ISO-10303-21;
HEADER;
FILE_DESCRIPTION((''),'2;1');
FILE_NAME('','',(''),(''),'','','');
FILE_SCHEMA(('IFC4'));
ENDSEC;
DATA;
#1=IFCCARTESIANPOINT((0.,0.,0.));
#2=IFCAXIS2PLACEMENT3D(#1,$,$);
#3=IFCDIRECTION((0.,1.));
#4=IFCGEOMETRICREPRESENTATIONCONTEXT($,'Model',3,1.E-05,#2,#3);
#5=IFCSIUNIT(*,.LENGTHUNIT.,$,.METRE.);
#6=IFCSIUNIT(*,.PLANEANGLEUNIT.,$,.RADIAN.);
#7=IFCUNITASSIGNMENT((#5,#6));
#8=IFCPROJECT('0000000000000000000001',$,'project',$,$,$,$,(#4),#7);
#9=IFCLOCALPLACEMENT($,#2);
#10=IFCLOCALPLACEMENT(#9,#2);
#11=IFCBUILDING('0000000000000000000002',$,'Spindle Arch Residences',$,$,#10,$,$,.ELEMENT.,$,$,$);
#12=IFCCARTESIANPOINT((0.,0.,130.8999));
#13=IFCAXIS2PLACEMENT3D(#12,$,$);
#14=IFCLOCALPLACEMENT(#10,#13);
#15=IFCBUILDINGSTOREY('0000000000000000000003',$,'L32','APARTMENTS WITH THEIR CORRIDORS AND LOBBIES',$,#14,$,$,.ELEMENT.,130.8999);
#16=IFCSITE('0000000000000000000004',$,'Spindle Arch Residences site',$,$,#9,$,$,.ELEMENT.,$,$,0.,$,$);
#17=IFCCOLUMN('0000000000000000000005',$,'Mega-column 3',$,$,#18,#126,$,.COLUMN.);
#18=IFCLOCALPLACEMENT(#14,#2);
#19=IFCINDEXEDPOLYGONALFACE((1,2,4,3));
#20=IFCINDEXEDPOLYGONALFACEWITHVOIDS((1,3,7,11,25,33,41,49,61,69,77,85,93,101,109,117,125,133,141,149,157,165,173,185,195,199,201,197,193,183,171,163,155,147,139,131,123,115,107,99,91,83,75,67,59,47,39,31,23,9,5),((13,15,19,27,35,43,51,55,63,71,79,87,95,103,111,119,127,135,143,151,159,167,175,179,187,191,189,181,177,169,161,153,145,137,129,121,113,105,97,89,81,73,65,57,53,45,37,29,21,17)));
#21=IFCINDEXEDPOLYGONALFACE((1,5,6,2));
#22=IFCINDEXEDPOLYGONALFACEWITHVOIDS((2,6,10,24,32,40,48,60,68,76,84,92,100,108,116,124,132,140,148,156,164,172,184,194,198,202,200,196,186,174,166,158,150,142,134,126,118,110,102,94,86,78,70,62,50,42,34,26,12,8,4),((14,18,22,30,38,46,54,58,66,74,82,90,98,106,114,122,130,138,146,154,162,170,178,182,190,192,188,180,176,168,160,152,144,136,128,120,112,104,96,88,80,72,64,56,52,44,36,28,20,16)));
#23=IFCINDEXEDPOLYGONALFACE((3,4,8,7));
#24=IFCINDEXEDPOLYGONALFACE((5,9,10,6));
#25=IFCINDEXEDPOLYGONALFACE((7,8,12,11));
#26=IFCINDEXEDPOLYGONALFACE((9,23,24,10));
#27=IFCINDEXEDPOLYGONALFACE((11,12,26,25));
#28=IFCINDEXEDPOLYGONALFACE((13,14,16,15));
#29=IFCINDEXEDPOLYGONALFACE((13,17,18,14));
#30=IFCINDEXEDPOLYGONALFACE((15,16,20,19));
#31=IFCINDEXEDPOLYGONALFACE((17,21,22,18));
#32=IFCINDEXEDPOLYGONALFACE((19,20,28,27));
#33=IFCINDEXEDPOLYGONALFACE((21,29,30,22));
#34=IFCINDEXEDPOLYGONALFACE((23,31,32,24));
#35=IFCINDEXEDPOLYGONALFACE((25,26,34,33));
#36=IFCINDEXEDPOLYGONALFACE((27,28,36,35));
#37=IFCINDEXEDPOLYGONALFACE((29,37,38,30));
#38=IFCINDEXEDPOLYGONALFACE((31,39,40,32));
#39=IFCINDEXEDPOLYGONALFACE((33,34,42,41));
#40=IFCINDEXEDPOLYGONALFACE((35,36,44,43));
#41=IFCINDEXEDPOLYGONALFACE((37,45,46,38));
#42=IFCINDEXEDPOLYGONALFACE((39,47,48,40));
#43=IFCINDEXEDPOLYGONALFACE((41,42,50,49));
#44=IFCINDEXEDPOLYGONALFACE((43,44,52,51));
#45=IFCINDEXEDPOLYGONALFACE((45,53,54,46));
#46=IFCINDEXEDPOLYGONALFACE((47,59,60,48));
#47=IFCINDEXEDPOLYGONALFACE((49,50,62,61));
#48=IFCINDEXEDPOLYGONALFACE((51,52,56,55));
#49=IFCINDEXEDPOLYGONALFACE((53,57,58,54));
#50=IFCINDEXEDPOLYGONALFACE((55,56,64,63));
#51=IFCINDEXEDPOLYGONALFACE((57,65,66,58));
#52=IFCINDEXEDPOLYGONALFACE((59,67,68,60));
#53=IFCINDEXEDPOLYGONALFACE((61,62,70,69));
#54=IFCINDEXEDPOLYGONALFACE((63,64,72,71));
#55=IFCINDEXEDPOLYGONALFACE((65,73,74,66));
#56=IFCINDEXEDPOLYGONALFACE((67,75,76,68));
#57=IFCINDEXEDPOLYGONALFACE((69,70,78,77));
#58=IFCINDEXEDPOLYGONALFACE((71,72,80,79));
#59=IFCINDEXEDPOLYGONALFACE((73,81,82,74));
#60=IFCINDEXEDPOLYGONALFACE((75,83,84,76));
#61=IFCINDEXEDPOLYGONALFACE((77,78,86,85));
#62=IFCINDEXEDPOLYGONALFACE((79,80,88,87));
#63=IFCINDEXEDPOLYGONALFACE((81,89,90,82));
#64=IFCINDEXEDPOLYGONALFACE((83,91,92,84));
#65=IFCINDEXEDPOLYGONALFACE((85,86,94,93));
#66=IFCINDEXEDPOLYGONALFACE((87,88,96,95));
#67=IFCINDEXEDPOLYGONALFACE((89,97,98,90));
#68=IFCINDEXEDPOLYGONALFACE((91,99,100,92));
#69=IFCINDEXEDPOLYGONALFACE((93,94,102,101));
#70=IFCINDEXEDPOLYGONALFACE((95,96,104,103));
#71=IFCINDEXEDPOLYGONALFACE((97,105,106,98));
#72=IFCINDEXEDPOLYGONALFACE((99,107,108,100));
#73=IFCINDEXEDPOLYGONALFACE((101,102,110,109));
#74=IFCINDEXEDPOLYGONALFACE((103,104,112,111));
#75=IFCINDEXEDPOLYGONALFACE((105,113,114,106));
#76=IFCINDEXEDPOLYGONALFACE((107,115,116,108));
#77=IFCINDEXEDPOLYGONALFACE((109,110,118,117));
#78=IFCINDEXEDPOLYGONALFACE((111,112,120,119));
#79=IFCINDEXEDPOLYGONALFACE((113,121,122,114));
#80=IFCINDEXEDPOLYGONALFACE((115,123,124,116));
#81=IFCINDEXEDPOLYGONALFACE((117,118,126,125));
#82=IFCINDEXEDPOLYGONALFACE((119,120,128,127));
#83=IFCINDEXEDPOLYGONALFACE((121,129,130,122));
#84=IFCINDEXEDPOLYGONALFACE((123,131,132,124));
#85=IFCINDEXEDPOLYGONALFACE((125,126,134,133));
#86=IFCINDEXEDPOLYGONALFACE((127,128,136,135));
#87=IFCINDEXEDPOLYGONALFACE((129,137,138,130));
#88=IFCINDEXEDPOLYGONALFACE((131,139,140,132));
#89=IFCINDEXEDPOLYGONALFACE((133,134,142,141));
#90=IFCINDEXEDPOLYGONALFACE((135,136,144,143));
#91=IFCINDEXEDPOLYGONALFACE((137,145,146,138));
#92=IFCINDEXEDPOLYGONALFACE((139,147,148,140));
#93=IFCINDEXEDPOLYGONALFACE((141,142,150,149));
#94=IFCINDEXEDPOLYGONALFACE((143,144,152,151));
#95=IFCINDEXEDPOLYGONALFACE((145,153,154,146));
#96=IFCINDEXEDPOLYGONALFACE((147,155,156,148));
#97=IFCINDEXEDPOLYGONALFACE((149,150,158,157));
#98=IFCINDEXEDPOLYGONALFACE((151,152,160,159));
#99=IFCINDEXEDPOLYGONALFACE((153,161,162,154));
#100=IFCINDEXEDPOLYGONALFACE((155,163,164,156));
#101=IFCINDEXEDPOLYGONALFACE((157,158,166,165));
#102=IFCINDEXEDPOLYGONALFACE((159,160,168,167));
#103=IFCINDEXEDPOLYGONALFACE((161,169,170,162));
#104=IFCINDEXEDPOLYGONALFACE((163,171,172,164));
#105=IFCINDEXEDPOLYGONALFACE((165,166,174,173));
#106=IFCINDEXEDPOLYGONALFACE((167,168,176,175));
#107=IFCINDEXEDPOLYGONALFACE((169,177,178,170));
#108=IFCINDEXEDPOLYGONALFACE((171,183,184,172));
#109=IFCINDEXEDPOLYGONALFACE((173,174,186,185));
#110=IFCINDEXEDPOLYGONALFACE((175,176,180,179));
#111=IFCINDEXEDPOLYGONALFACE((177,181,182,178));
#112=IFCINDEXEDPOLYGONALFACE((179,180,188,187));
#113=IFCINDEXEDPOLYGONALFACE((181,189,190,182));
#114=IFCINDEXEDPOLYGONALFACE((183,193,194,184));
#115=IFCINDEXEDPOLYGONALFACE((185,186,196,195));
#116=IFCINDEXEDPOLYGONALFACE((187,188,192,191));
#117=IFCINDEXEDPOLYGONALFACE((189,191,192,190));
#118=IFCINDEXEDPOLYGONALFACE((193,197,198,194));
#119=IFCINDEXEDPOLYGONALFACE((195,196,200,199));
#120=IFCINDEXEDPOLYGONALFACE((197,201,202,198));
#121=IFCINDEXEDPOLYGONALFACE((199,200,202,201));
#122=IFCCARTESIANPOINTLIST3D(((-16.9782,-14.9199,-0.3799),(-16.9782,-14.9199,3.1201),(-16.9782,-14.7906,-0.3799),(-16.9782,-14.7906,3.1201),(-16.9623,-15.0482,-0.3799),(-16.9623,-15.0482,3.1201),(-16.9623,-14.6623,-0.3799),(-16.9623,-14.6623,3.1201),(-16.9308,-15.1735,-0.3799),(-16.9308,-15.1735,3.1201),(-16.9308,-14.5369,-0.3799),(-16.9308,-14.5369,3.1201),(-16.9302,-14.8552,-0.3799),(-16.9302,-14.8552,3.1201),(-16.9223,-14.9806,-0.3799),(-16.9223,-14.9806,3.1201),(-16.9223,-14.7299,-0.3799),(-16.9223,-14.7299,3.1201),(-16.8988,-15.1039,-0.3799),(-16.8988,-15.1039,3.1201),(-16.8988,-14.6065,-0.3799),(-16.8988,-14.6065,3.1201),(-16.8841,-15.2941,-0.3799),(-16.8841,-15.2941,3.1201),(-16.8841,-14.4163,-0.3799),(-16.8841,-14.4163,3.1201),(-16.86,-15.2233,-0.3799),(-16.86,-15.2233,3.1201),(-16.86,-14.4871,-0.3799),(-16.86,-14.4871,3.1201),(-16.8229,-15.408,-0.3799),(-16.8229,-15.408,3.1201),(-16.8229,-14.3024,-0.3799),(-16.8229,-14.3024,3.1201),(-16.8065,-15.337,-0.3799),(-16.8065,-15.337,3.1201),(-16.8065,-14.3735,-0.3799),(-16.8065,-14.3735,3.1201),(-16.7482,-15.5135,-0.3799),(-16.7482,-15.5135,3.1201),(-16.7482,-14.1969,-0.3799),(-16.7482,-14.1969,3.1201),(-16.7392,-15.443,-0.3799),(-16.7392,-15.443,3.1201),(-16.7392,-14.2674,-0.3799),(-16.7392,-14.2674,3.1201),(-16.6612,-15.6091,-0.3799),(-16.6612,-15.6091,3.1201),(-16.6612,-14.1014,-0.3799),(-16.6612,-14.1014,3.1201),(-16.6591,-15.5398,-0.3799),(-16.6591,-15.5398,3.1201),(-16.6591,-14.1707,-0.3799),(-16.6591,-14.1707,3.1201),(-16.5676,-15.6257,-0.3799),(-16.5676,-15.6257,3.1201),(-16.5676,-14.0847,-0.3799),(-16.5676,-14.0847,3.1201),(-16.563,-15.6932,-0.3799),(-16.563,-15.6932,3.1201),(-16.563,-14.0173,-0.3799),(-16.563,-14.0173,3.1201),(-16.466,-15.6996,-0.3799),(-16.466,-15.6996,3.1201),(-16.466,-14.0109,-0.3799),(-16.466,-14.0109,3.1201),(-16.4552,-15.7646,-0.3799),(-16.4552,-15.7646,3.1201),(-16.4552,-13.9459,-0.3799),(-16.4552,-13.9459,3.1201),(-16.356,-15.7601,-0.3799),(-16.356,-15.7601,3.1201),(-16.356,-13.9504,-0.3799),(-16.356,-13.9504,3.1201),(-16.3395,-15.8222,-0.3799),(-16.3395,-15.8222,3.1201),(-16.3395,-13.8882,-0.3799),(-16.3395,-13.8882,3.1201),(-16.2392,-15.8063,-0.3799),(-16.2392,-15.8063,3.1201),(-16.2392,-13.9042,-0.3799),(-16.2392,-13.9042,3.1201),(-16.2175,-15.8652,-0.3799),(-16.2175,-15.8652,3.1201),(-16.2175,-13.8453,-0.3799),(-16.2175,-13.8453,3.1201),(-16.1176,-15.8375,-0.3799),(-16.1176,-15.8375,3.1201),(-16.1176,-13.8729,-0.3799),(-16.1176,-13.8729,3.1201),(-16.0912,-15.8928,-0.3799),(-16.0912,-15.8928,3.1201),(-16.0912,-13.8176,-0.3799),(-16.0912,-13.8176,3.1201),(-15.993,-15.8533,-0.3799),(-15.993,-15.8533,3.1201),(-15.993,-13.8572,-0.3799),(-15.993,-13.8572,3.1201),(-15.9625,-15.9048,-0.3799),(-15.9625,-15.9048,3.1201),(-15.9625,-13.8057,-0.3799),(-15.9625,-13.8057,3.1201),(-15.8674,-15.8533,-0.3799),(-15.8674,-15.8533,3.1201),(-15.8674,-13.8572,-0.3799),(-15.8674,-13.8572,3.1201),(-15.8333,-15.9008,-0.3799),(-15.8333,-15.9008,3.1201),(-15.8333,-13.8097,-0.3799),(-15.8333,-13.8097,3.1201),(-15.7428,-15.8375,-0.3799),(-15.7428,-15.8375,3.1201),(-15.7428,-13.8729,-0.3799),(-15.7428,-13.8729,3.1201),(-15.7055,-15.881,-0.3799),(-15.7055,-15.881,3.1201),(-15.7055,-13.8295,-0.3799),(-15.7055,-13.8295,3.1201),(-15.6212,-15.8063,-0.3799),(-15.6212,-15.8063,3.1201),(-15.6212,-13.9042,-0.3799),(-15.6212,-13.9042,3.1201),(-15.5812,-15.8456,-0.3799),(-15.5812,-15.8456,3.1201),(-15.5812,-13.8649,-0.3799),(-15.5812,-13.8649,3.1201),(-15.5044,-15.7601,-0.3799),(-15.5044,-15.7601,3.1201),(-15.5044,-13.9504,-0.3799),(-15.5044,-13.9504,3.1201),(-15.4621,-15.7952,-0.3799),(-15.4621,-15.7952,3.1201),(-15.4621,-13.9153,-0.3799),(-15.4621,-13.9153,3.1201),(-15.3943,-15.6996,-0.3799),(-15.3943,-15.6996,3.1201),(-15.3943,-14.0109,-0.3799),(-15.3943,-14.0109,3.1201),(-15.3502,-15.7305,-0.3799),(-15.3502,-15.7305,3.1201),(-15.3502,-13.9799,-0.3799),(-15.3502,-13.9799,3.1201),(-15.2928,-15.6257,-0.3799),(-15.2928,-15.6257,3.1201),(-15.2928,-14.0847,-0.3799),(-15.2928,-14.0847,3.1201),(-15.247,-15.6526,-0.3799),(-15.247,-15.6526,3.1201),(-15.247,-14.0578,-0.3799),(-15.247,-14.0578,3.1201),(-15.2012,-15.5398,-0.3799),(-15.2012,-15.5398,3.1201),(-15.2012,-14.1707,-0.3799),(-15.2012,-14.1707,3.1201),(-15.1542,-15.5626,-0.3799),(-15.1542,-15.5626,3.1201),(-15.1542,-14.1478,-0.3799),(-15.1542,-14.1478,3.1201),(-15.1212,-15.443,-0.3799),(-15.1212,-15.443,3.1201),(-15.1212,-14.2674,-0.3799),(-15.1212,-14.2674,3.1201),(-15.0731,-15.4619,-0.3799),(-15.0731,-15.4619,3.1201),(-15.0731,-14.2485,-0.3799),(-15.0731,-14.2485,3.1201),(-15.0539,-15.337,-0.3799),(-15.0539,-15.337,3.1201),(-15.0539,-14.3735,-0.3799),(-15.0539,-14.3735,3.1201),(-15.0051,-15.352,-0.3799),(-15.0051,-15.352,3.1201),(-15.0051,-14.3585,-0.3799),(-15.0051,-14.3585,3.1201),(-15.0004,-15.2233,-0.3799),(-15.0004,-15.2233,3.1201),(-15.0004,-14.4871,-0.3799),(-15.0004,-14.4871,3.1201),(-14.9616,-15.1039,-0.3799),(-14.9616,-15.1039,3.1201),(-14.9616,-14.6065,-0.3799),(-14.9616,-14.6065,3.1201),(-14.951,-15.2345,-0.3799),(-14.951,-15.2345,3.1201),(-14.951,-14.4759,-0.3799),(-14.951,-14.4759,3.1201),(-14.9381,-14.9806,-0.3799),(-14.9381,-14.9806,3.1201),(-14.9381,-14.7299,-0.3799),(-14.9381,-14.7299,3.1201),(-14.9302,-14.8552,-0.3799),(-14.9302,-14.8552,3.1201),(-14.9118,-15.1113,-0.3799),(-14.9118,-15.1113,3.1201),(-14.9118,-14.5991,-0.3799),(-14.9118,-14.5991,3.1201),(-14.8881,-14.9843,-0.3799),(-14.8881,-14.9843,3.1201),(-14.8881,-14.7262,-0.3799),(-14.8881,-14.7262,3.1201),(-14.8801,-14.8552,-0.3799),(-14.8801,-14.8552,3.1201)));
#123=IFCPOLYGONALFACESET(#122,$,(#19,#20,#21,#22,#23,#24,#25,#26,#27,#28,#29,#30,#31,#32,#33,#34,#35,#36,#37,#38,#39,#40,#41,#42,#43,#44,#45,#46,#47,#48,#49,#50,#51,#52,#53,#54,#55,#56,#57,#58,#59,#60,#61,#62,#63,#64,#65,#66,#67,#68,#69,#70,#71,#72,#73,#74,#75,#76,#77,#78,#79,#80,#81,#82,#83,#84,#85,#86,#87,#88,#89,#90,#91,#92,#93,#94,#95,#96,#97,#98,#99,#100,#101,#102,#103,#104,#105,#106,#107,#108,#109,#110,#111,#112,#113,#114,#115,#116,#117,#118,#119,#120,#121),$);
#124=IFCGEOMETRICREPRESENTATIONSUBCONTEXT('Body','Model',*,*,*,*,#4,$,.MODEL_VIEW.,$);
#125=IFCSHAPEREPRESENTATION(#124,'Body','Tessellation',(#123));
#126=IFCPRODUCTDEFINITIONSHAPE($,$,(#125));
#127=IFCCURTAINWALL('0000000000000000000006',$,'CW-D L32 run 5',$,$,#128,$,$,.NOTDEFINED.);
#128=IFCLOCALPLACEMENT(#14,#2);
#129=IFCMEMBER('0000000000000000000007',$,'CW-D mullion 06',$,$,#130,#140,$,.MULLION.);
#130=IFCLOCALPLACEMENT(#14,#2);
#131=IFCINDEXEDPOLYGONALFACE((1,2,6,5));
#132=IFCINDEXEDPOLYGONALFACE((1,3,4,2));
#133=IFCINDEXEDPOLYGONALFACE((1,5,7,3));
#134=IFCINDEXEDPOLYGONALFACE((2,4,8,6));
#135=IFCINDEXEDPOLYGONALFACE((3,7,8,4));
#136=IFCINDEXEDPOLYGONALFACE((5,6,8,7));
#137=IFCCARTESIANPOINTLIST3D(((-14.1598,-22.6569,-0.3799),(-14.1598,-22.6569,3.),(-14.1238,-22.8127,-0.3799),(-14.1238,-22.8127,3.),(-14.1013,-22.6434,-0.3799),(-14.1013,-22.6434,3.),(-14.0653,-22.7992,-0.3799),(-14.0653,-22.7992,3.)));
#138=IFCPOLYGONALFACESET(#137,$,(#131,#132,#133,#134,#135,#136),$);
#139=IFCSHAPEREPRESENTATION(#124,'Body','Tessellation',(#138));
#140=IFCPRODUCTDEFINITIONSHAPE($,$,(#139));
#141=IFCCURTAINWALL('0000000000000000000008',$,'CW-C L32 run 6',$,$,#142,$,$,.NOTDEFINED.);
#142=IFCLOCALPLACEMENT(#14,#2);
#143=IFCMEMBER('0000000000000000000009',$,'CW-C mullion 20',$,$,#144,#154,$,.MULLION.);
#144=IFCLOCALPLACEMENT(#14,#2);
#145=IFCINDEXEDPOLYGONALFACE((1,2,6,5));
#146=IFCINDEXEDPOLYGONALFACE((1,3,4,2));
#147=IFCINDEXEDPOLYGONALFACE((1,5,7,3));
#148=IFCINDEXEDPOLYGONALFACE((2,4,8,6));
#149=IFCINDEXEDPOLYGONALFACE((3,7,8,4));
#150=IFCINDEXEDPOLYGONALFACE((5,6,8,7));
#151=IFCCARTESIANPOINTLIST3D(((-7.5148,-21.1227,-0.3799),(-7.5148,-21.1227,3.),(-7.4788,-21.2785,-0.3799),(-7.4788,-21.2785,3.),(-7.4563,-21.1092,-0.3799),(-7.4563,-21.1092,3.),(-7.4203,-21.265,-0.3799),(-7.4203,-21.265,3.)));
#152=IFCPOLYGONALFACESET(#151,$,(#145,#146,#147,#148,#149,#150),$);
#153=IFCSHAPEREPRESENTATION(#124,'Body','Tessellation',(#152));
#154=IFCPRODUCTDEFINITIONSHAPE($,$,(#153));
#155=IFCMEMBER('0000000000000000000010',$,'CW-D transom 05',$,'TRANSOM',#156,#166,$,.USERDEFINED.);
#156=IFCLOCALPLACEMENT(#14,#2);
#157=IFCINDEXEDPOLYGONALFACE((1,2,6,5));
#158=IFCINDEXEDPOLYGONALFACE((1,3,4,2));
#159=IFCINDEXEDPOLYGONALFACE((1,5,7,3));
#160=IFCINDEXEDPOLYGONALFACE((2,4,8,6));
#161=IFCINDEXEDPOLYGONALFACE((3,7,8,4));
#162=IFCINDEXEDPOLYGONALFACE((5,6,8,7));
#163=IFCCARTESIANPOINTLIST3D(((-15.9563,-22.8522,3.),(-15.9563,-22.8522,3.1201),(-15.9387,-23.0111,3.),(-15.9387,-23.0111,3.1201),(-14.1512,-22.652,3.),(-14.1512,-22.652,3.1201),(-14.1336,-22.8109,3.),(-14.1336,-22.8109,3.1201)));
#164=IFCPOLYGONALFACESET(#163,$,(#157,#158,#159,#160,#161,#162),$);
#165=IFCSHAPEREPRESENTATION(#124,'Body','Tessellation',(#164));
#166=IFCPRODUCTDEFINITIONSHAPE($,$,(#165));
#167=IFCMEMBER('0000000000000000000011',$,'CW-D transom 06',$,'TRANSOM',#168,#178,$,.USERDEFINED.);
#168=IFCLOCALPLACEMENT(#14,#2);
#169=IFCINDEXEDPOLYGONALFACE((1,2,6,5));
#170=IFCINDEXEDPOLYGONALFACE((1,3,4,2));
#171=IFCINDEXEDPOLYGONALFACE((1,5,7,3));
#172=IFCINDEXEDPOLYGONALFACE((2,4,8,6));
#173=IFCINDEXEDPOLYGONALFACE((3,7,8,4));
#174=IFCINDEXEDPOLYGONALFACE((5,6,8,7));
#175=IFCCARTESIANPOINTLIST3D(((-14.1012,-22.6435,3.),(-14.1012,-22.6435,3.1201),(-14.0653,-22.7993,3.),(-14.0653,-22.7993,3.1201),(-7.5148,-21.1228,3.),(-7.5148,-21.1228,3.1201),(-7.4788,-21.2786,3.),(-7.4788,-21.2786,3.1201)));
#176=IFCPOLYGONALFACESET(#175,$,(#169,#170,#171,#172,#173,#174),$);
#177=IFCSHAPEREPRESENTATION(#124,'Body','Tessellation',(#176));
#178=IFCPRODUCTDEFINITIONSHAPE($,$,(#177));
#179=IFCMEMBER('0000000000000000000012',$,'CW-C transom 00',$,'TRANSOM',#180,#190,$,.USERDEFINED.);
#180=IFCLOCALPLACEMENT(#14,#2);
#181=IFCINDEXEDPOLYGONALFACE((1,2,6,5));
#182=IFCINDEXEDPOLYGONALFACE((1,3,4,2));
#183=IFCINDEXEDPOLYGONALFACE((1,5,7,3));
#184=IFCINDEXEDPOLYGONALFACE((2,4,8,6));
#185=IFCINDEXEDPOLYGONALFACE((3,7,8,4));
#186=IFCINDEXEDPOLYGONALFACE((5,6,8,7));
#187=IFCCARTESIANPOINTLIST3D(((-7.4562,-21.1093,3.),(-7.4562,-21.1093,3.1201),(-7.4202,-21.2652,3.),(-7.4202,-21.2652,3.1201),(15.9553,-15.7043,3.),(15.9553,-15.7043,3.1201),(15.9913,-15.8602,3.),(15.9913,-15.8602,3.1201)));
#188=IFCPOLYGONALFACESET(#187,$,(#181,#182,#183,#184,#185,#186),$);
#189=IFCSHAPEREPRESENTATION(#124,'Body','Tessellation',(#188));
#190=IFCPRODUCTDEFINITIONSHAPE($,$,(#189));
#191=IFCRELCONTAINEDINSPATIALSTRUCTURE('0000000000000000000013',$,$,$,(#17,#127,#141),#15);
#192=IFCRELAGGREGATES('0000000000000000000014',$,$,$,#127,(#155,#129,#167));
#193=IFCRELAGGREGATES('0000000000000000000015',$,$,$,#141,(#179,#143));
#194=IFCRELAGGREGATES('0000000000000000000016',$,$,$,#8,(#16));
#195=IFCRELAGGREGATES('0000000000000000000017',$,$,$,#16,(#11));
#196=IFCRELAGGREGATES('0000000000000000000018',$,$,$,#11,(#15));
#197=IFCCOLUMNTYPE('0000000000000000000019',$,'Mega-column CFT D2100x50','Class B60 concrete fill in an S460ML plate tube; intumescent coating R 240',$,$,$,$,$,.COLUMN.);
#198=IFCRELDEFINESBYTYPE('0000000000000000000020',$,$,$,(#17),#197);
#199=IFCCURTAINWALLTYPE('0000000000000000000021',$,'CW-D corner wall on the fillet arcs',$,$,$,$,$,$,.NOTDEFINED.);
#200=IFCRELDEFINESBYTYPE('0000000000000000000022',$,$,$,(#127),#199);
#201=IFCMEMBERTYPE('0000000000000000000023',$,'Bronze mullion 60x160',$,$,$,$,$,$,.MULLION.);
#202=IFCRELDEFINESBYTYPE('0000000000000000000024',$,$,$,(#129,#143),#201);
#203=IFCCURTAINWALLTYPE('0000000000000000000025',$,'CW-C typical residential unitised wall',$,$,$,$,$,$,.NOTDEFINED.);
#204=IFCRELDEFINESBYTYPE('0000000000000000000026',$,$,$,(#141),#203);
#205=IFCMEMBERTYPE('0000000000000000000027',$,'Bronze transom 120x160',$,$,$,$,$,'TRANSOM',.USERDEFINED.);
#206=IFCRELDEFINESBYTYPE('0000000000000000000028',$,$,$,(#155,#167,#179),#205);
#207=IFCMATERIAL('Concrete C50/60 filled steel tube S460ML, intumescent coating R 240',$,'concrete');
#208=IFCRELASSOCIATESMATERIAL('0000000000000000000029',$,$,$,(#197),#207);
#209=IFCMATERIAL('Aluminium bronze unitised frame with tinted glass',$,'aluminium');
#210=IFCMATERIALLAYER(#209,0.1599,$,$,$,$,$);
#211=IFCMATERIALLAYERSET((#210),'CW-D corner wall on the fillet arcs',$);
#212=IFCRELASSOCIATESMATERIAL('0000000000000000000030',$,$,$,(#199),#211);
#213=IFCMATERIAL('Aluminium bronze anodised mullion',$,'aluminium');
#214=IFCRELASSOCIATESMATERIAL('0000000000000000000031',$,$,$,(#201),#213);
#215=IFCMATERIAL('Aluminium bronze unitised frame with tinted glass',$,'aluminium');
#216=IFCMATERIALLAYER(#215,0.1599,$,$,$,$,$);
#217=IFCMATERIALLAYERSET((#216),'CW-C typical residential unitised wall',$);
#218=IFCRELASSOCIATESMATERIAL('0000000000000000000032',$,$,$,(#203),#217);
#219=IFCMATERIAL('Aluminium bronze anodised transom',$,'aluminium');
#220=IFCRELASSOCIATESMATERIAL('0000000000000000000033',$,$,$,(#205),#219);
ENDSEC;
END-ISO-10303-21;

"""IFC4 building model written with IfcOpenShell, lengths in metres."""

from ifc_helpers import new_model, si_unit, direction, frame, origin, origin_2d, place, context, subcontext, project, spatial, rectangle, hollow_circle, extrude, material, layer, layer_set, material_profile, profile_set, type_object, element, aggregate, save


model = new_model("IFC4")

# Units and contexts
model_context = context("Model", 3, precision=1e-05, world=origin(), true_north=direction((0.0, 1.0)))
body_context = subcontext(model_context, "Body", "Model", "MODEL_VIEW")
ifc_project = project(units=[si_unit("LENGTHUNIT", "METRE"), si_unit("PLANEANGLEUNIT", "RADIAN")], contexts=[model_context])

# Site, building, storey
site_placement = place(None, origin())
site = spatial("IfcSite", under=ifc_project, at=site_placement, Name="Spindle Arch Residences site", CompositionType="ELEMENT", RefElevation=0.0)
building_placement = place(site_placement, origin())
building = spatial("IfcBuilding", under=site, at=building_placement, Name="Spindle Arch Residences", CompositionType="ELEMENT")
storey_placement = place(building_placement, frame((0.0, 0.0, 130.8999)))
storey = spatial("IfcBuildingStorey", under=building, at=storey_placement, Name="L32", Description="APARTMENTS WITH THEIR CORRIDORS AND LOBBIES", CompositionType="ELEMENT", Elevation=130.8999)

# Column
ifc_material_1 = material(Name="Concrete C50/60 filled steel tube S460ML, intumescent coating R 240", Category="concrete")
ifc_material_profile_1 = material_profile(ifc_material_1, hollow_circle(Radius=1.05, WallThickness=0.05, at=origin_2d()), Name="CFT D2100x50")
ifc_profile_set_1 = profile_set([ifc_material_profile_1], Name="Concrete C50/60 filled steel tube S460ML, intumescent coating R 240")
column_type_1 = type_object("IfcColumnType", Name="Mega-column CFT D2100x50", Description="Class B60 concrete fill in an S460ML plate tube; intumescent coating R 240", PredefinedType="COLUMN", material=ifc_profile_set_1)
column_placement = place(storey_placement, frame((-15.9302, -14.8552, -0.3799), z_axis=(0.0, 0.0, 1.0), x_axis=(1.0, 0.0, 0.0)))
element("IfcColumn", 1, at=column_placement, inside=storey, type_object=column_type_1, Name="Mega-column 3", PredefinedType="COLUMN", context=body_context, shape_type="SweptSolid", body=[
    extrude(hollow_circle(Radius=1.05, WallThickness=0.05, at=origin_2d()), origin(), (0.0, 0.0, 1.0), 3.5),
])

# Curtain walls, members
ifc_material_2 = material(Name="Aluminium bronze unitised frame with tinted glass", Category="aluminium")
ifc_layer_1 = layer(ifc_material_2, 0.1599)
ifc_layer_set_1 = layer_set([ifc_layer_1], Name="CW-D corner wall on the fillet arcs")
curtain_wall_type_1 = type_object("IfcCurtainWallType", Name="CW-D corner wall on the fillet arcs", PredefinedType="NOTDEFINED", material=ifc_layer_set_1)
curtain_wall_1_placement = place(storey_placement, origin())
curtain_wall_1 = element("IfcCurtainWall", 2, at=curtain_wall_1_placement, inside=storey, type_object=curtain_wall_type_1, Name="CW-D L32 run 5", PredefinedType="NOTDEFINED")
ifc_material_3 = material(Name="Aluminium bronze anodised mullion", Category="aluminium")
ifc_material_profile_2 = material_profile(ifc_material_3, rectangle(XDim=0.1599, YDim=0.0601, at=origin_2d()), Name="MU 60x160")
ifc_profile_set_2 = profile_set([ifc_material_profile_2], Name="Aluminium bronze anodised mullion")
member_type_1 = type_object("IfcMemberType", Name="Bronze mullion 60x160", PredefinedType="MULLION", material=ifc_profile_set_2)
member_1_placement = place(storey_placement, frame((-14.1125, -22.728, -0.3799), z_axis=(0.0, 0.0, 1.0), x_axis=(-0.224951, 0.97437, 0.0)))
member_1 = element("IfcMember", 3, at=member_1_placement, type_object=member_type_1, Name="CW-D mullion 06", PredefinedType="MULLION", context=body_context, shape_type="SweptSolid", body=[
    extrude(rectangle(XDim=0.1599, YDim=0.0601, at=origin_2d()), origin(), (0.0, 0.0, 1.0), 3.3799),
])
ifc_material_4 = material(Name="Aluminium bronze unitised frame with tinted glass", Category="aluminium")
ifc_layer_2 = layer(ifc_material_4, 0.1599)
ifc_layer_set_2 = layer_set([ifc_layer_2], Name="CW-C typical residential unitised wall")
curtain_wall_type_2 = type_object("IfcCurtainWallType", Name="CW-C typical residential unitised wall", PredefinedType="NOTDEFINED", material=ifc_layer_set_2)
curtain_wall_2_placement = place(storey_placement, origin())
curtain_wall_2 = element("IfcCurtainWall", 4, at=curtain_wall_2_placement, inside=storey, type_object=curtain_wall_type_2, Name="CW-C L32 run 6", PredefinedType="NOTDEFINED")
member_2_placement = place(storey_placement, frame((-7.4675, -21.1938, -0.3799), z_axis=(0.0, 0.0, 1.0), x_axis=(-0.224951, 0.97437, 0.0)))
member_2 = element("IfcMember", 5, at=member_2_placement, type_object=member_type_1, Name="CW-C mullion 20", PredefinedType="MULLION", context=body_context, shape_type="SweptSolid", body=[
    extrude(rectangle(XDim=0.1599, YDim=0.0601, at=origin_2d()), origin(), (0.0, 0.0, 1.0), 3.3799),
])

# Members
ifc_material_5 = material(Name="Aluminium bronze anodised transom", Category="aluminium")
ifc_material_profile_3 = material_profile(ifc_material_5, rectangle(XDim=0.1599, YDim=0.1201, at=origin_2d()), Name="TR 120x160")
ifc_profile_set_3 = profile_set([ifc_material_profile_3], Name="Aluminium bronze anodised transom")
member_type_2 = type_object("IfcMemberType", Name="Bronze transom 120x160", ElementType="TRANSOM", PredefinedType="USERDEFINED", material=ifc_profile_set_3)
member_3_placement = place(storey_placement, frame((-15.9475, -22.9316, 3.0601), z_axis=(0.993907, 0.110225, 0.0), x_axis=(-0.110225, 0.993907, 0.0)))
member_3 = element("IfcMember", 6, at=member_3_placement, type_object=member_type_2, Name="CW-D transom 05", ObjectType="TRANSOM", PredefinedType="USERDEFINED", context=body_context, shape_type="SweptSolid", body=[
    extrude(rectangle(XDim=0.1599, YDim=0.1201, at=origin_2d()), origin(), (0.0, 0.0, 1.0), 1.8162),
])
member_4_placement = place(storey_placement, frame((-14.0833, -22.7214, 3.0601), z_axis=(0.974365, 0.224973, 0.0), x_axis=(-0.224973, 0.974365, 0.0)))
member_4 = element("IfcMember", 7, at=member_4_placement, type_object=member_type_2, Name="CW-D transom 06", ObjectType="TRANSOM", PredefinedType="USERDEFINED", context=body_context, shape_type="SweptSolid", body=[
    extrude(rectangle(XDim=0.1599, YDim=0.1201, at=origin_2d()), origin(), (0.0, 0.0, 1.0), 6.7598),
])
member_5_placement = place(storey_placement, frame((-7.4382, -21.1873, 3.0601), z_axis=(0.97437, 0.224952, 0.0), x_axis=(-0.224952, 0.97437, 0.0)))
member_5 = element("IfcMember", 8, at=member_5_placement, type_object=member_type_2, Name="CW-C transom 00", ObjectType="TRANSOM", PredefinedType="USERDEFINED", context=body_context, shape_type="SweptSolid", body=[
    extrude(rectangle(XDim=0.1599, YDim=0.1201, at=origin_2d()), origin(), (0.0, 0.0, 1.0), 24.0273),
])

aggregate(curtain_wall_1, [member_3, member_1, member_4])
aggregate(curtain_wall_2, [member_5, member_2])

save(model, "model.ifc")
